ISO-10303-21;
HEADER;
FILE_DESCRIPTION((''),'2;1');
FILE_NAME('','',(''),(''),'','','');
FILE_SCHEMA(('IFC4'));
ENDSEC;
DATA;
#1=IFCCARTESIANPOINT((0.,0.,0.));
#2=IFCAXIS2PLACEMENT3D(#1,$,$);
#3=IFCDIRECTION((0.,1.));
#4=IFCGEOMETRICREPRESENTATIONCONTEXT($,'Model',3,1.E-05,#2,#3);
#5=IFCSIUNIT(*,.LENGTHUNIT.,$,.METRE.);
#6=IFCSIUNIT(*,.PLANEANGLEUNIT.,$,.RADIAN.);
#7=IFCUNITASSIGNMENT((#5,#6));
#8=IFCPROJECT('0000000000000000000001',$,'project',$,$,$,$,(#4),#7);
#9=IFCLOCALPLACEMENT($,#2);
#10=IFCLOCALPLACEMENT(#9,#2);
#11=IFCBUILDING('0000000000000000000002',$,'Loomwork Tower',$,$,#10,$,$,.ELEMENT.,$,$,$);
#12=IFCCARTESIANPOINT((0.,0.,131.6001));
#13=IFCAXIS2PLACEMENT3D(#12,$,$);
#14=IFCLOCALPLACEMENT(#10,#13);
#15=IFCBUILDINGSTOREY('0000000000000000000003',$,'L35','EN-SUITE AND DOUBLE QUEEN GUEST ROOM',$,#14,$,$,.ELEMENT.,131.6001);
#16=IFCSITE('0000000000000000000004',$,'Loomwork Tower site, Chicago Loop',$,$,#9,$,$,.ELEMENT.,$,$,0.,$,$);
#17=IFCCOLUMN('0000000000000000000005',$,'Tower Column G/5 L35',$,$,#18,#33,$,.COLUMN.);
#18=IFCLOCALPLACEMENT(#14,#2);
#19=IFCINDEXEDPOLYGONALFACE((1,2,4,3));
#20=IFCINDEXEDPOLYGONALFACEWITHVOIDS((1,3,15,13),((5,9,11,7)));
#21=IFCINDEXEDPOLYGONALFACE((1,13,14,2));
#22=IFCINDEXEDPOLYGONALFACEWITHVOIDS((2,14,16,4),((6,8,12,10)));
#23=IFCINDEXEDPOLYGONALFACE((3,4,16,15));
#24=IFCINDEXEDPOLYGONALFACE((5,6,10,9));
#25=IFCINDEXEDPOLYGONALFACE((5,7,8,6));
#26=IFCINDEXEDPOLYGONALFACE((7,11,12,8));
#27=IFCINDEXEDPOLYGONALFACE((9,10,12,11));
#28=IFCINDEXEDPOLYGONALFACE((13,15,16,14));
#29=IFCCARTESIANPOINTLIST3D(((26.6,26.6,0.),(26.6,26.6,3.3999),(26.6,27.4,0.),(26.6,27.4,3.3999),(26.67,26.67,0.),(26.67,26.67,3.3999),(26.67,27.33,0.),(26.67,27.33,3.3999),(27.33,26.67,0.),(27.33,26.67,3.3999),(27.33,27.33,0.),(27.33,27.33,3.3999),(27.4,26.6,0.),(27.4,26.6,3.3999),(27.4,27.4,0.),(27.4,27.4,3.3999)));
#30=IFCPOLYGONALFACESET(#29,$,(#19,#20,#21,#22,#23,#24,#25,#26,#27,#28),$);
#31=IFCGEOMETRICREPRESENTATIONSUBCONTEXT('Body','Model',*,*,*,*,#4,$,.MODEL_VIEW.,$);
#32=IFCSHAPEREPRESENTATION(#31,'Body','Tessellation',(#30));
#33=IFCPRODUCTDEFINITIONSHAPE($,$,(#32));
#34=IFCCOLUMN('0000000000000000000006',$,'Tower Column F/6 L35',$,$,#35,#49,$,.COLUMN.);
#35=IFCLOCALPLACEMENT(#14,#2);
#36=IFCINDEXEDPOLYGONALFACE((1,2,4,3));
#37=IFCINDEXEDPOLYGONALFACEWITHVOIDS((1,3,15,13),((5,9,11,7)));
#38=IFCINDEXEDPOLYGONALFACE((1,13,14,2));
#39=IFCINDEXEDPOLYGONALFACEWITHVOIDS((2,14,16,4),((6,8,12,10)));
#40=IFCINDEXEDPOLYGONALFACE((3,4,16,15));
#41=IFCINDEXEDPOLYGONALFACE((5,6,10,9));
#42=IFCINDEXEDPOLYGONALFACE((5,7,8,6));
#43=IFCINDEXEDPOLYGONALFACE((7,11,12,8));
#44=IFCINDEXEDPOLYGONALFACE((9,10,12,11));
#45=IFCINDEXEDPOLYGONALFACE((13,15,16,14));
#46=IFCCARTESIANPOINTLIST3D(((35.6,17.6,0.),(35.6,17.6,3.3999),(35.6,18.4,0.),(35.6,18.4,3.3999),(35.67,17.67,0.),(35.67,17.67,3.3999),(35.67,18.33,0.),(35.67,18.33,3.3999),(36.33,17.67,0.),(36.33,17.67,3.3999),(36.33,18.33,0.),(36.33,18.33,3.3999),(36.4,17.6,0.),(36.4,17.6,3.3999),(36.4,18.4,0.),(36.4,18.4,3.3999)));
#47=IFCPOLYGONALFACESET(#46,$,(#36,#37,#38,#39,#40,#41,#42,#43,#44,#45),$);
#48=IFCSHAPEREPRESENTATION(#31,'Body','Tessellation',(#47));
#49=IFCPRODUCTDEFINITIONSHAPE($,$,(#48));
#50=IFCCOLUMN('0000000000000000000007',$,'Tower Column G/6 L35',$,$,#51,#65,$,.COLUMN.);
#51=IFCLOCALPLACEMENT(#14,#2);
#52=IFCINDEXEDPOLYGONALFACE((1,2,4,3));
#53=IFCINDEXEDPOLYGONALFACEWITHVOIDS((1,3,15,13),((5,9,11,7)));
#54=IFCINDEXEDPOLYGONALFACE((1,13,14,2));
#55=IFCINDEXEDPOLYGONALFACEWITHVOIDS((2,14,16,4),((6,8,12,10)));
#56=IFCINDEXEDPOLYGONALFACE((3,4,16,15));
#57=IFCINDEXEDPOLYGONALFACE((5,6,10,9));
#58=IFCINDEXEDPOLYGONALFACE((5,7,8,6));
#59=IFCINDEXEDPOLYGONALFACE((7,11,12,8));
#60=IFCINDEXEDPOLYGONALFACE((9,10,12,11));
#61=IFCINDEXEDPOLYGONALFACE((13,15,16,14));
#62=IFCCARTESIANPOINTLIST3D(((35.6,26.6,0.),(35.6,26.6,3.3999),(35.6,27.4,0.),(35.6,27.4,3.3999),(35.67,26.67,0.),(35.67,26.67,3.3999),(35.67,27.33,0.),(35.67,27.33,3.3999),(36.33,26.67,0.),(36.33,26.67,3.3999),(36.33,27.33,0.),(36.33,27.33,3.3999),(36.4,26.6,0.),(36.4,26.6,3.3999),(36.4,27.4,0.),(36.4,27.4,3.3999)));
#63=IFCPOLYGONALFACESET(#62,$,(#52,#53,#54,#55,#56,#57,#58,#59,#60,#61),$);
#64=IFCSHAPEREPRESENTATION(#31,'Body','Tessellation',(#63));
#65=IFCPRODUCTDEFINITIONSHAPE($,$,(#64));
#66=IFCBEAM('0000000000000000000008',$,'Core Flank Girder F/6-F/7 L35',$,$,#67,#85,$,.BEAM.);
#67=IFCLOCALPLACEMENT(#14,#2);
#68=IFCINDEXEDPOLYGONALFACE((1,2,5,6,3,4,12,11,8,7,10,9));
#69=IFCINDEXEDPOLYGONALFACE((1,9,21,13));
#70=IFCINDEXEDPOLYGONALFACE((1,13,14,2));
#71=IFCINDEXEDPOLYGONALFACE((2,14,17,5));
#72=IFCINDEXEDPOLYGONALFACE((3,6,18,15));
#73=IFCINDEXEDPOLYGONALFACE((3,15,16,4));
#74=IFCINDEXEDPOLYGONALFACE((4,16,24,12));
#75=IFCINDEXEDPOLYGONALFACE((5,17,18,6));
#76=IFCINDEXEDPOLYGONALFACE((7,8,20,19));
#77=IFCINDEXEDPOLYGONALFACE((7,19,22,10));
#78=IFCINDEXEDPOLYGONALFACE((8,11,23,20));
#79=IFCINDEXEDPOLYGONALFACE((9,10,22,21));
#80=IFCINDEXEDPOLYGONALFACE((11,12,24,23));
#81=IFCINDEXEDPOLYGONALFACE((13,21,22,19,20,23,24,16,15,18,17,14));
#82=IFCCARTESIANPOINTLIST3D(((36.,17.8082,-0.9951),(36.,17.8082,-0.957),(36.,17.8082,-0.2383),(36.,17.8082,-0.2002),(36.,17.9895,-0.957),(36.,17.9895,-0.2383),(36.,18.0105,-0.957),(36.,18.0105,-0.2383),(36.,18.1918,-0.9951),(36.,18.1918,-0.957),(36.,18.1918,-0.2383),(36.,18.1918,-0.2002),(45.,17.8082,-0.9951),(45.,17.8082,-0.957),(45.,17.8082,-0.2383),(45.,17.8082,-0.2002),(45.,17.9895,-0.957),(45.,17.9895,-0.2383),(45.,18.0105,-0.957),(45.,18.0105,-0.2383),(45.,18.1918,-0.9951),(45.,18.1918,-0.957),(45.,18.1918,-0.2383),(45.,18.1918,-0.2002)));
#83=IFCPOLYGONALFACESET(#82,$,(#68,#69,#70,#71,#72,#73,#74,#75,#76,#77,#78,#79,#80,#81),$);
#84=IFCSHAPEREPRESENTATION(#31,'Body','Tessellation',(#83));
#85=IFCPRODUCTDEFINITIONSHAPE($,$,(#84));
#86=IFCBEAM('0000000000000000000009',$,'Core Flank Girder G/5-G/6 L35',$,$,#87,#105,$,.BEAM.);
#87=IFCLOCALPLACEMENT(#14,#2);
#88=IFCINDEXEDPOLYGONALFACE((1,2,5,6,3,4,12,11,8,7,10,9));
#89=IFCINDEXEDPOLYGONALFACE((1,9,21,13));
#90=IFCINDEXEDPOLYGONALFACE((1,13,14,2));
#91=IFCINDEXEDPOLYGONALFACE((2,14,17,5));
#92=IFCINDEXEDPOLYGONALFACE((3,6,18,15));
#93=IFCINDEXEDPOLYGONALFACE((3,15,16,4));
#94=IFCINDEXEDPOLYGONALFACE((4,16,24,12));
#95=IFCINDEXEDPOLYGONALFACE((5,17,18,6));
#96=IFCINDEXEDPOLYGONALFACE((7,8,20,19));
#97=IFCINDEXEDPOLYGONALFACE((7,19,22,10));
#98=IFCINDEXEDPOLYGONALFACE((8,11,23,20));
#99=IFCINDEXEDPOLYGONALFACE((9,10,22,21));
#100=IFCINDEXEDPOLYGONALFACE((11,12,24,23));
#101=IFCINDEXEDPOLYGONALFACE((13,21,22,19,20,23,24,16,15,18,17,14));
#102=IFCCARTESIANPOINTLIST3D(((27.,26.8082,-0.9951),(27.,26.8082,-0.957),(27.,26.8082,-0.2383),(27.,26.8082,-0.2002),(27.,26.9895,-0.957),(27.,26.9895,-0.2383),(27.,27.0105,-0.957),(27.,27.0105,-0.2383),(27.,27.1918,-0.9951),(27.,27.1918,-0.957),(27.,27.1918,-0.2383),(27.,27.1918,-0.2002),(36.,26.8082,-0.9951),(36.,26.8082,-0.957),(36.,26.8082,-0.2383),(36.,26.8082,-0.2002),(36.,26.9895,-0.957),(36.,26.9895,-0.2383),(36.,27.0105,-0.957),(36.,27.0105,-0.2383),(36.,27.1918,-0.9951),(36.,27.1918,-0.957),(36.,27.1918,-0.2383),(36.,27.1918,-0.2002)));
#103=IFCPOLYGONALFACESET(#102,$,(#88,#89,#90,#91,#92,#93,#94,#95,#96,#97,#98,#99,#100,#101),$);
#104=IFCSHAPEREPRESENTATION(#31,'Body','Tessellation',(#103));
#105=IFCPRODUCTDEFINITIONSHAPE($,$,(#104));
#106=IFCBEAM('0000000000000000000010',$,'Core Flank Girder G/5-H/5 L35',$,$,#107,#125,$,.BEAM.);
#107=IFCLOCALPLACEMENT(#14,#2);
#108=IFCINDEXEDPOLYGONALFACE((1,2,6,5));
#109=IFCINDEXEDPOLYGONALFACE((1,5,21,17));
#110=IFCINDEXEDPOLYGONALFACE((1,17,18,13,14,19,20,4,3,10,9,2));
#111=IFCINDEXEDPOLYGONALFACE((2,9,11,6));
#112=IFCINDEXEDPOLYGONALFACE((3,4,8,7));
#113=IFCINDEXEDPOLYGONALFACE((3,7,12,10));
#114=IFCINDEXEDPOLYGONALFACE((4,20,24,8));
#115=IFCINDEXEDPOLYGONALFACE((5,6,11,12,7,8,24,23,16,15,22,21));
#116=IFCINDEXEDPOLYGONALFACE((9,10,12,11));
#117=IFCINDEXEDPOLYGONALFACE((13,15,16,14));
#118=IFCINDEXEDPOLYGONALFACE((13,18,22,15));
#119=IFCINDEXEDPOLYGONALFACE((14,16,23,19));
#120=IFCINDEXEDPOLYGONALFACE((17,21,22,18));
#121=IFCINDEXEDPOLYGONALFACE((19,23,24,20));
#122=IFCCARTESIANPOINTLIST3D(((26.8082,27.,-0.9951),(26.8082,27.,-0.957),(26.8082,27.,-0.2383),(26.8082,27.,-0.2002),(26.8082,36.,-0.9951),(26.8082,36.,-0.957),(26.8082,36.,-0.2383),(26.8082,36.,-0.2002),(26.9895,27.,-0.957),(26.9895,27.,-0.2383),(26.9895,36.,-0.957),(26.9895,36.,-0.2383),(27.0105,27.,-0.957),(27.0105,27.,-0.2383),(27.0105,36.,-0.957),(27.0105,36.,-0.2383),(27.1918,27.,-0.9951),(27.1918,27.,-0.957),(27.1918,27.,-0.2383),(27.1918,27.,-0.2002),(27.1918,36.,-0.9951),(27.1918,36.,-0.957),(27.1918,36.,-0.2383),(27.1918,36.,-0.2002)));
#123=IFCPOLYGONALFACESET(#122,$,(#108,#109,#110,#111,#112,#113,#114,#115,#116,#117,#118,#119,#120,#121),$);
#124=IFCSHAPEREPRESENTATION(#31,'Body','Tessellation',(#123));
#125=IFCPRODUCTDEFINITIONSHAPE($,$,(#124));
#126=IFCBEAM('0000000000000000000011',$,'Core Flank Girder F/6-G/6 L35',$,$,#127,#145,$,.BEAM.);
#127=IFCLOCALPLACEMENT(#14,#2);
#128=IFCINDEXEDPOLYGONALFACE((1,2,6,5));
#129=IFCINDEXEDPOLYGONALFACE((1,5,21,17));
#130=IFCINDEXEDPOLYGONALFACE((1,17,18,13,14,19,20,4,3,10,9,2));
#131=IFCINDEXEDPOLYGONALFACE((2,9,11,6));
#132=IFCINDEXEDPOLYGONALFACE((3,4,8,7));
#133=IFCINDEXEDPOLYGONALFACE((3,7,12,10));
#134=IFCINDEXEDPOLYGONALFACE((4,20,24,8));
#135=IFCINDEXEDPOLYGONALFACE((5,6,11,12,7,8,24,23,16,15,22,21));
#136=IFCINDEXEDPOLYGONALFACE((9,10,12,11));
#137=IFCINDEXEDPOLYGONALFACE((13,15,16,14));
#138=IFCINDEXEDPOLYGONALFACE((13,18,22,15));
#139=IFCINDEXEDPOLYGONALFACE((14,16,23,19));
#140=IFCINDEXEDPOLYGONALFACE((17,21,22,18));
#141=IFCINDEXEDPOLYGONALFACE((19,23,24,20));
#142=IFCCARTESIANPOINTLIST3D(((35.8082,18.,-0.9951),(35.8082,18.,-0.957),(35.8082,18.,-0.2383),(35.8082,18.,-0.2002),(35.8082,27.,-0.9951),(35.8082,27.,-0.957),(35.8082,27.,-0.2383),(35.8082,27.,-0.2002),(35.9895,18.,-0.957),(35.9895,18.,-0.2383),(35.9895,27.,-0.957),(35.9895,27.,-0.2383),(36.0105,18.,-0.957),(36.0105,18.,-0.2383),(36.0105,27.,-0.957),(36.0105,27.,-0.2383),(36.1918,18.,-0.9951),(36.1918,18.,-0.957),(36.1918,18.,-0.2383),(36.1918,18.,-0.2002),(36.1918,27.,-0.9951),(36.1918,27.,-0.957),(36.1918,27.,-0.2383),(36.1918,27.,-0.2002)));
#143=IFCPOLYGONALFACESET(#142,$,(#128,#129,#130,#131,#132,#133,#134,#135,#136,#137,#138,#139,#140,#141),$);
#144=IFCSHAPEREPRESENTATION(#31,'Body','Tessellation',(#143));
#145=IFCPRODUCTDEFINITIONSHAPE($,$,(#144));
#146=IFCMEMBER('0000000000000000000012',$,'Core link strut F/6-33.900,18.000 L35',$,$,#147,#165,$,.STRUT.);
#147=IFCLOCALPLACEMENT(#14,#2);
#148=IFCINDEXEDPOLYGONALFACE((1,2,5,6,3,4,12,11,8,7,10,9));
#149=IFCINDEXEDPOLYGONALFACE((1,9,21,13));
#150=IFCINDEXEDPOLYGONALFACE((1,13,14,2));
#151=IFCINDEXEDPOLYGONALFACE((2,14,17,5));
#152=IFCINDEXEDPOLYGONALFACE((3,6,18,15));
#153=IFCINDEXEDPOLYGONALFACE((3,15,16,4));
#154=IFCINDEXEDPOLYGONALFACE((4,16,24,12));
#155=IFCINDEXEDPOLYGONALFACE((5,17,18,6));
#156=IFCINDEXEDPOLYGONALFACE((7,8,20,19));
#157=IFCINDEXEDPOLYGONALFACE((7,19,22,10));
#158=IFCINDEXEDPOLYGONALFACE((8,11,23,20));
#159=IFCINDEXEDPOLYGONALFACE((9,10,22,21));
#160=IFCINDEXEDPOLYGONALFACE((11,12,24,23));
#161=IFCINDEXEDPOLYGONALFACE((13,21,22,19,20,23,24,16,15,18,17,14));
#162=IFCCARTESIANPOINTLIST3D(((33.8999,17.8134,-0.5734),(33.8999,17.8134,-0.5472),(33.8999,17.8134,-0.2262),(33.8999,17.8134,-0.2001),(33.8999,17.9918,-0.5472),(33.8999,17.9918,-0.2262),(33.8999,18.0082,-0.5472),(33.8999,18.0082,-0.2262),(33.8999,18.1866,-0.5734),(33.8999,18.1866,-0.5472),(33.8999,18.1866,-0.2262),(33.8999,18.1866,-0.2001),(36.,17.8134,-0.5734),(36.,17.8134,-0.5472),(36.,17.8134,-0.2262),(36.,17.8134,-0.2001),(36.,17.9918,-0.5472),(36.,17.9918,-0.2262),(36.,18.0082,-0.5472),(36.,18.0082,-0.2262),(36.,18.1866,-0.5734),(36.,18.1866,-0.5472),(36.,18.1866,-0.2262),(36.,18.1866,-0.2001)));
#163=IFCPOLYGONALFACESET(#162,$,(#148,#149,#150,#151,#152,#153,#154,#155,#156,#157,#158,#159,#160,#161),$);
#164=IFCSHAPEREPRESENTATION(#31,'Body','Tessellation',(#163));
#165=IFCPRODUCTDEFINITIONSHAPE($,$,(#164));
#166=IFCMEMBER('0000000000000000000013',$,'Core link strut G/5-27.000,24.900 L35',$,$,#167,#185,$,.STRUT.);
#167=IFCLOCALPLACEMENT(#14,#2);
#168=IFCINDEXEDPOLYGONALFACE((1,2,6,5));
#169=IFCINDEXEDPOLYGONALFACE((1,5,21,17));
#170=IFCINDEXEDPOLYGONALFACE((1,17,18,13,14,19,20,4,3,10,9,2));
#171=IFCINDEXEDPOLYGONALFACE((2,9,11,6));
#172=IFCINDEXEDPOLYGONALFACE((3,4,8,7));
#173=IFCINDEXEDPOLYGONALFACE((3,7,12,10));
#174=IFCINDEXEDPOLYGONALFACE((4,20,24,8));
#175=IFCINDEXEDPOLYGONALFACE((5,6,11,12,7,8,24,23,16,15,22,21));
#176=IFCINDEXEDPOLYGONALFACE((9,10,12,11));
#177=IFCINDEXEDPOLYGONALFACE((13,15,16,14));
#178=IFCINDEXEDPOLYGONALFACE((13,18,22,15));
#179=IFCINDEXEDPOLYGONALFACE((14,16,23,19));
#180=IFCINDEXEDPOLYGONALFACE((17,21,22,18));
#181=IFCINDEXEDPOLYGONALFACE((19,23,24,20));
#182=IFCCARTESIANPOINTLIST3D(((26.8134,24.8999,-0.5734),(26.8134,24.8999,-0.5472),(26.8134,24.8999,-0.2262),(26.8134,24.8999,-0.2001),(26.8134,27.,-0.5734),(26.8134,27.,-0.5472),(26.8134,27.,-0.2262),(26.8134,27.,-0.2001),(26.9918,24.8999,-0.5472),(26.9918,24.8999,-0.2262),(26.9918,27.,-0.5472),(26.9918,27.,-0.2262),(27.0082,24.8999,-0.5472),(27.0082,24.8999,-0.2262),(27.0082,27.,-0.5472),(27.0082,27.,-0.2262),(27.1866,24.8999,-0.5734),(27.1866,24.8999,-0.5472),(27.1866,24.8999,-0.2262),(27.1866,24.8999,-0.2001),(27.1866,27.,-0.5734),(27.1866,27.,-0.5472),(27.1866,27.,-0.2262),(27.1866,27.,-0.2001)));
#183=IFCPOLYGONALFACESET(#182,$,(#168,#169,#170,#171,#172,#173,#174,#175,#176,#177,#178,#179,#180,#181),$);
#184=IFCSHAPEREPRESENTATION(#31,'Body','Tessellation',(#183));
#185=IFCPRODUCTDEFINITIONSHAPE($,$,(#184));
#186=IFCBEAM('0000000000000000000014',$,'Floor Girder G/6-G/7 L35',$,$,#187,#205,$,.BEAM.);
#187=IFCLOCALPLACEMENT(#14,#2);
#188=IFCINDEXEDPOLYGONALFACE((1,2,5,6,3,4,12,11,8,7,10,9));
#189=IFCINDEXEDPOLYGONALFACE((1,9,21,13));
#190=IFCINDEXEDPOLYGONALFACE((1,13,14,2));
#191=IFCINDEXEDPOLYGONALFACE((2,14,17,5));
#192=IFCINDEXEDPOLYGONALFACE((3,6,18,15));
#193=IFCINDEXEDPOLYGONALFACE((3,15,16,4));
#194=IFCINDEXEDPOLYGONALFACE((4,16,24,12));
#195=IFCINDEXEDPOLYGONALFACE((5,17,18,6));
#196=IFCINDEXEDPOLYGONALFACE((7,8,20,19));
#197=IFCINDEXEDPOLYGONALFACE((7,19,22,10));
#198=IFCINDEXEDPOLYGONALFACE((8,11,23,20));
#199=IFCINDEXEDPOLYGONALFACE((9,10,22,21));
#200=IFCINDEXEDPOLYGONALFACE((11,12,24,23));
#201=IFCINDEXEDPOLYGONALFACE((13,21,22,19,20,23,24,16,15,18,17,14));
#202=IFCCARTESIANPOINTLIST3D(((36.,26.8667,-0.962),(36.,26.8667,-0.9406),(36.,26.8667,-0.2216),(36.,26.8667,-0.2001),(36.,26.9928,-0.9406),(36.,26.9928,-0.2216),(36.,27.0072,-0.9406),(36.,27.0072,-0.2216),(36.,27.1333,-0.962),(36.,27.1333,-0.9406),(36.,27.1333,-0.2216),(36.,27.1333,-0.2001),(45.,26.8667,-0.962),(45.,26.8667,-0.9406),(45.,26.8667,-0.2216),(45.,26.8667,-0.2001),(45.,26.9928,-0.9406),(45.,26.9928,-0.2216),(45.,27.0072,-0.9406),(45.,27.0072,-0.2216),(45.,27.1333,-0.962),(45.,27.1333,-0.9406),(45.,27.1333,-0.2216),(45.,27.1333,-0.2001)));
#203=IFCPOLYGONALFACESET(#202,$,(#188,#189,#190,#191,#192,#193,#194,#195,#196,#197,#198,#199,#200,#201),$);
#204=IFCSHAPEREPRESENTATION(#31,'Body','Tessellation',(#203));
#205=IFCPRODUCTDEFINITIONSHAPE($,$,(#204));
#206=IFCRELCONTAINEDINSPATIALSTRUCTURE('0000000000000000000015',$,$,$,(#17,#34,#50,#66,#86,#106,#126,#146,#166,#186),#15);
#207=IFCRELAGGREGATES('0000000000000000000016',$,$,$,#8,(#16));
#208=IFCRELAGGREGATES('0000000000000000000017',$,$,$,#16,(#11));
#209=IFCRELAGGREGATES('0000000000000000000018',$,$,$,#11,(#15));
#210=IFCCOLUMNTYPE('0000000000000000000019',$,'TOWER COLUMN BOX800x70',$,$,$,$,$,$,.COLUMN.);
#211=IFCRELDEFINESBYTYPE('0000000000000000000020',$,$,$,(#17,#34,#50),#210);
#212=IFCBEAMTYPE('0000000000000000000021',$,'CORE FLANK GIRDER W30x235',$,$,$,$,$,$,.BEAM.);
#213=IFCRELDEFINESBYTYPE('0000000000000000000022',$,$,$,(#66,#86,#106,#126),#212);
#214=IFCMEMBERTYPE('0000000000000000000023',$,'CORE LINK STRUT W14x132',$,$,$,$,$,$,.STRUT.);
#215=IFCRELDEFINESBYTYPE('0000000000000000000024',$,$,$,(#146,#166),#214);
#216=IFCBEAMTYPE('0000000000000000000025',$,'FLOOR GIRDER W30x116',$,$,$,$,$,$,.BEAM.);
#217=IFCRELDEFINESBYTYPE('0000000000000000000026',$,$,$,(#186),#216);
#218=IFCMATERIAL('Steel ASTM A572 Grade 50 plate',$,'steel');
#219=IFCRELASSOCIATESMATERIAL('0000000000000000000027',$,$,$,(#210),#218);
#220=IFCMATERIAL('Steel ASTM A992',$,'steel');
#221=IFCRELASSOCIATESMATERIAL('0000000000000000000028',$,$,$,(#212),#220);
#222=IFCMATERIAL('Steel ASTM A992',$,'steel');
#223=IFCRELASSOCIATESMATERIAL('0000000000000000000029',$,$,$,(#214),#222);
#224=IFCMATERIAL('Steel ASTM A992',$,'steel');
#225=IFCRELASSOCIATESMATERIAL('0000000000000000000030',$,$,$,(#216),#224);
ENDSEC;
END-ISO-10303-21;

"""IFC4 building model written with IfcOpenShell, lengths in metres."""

from ifc_helpers import new_model, si_unit, direction, frame, origin, origin_2d, place, context, subcontext, project, spatial, hollow_rectangle, i_section, extrude, material, material_profile, profile_set, type_object, element, save


model = new_model("IFC4")

# Units and contexts
model_context = context("Model", 3, precision=1e-05, world=origin(), true_north=direction((0.0, 1.0)))
body_context = subcontext(model_context, "Body", "Model", "MODEL_VIEW")
ifc_project = project(units=[si_unit("LENGTHUNIT", "METRE"), si_unit("PLANEANGLEUNIT", "RADIAN")], contexts=[model_context])

# Site, building, storey
site_placement = place(None, origin())
site = spatial("IfcSite", under=ifc_project, at=site_placement, Name="Loomwork Tower site, Chicago Loop", CompositionType="ELEMENT", RefElevation=0.0)
building_placement = place(site_placement, origin())
building = spatial("IfcBuilding", under=site, at=building_placement, Name="Loomwork Tower", CompositionType="ELEMENT")
storey_placement = place(building_placement, frame((0.0, 0.0, 131.6001)))
storey = spatial("IfcBuildingStorey", under=building, at=storey_placement, Name="L35", Description="EN-SUITE AND DOUBLE QUEEN GUEST ROOM", CompositionType="ELEMENT", Elevation=131.6001)

# Columns
ifc_material_1 = material(Name="Steel ASTM A572 Grade 50 plate", Category="steel")
ifc_material_profile_1 = material_profile(ifc_material_1, hollow_rectangle(XDim=0.8, YDim=0.8, WallThickness=0.0701, at=origin_2d()), Name="BOX800x70")
ifc_profile_set_1 = profile_set([ifc_material_profile_1], Name="Steel ASTM A572 Grade 50 plate")
column_type = type_object("IfcColumnType", Name="TOWER COLUMN BOX800x70", PredefinedType="COLUMN", material=ifc_profile_set_1)
for number, where, z_axis, x_axis, name in (
    (1, (27.0, 27.0, 0.0), (0.0, 0.0, 1.0), (1.0, 0.0, 0.0), "Tower Column G/5 L35"),
    (2, (36.0, 18.0, 0.0), (0.0, 0.0, 1.0), (0.0, 1.0, 0.0), "Tower Column F/6 L35"),
    (3, (36.0, 27.0, 0.0), (0.0, 0.0, 1.0), (1.0, 0.0, 0.0), "Tower Column G/6 L35"),
):
    element("IfcColumn", number, at=place(storey_placement, frame(where, z_axis=z_axis, x_axis=x_axis)), inside=storey, type_object=column_type, Name=name, PredefinedType="COLUMN", context=body_context, shape_type="SweptSolid", body=[
        extrude(hollow_rectangle(XDim=0.8, YDim=0.8, WallThickness=0.0701, at=origin_2d()), origin(), (0.0, 0.0, 1.0), 3.3999),
    ])

# Beams
ifc_material_2 = material(Name="Steel ASTM A992", Category="steel")
ifc_material_profile_2 = material_profile(ifc_material_2, i_section(OverallWidth=0.3835, OverallDepth=0.7949, WebThickness=0.021, FlangeThickness=0.0381, at=origin_2d()), Name="W30x235")
ifc_profile_set_2 = profile_set([ifc_material_profile_2], Name="Steel ASTM A992")
beam_type_1 = type_object("IfcBeamType", Name="CORE FLANK GIRDER W30x235", PredefinedType="BEAM", material=ifc_profile_set_2)
for number, where, z_axis, x_axis, name in (
    (4, (36.0, 18.0, -0.5977), (1.0, 0.0, 0.0), (0.0, 1.0, 0.0), "Core Flank Girder F/6-F/7 L35"),
    (5, (27.0, 27.0, -0.5977), (1.0, 0.0, 0.0), (0.0, 1.0, 0.0), "Core Flank Girder G/5-G/6 L35"),
    (6, (27.0, 27.0, -0.5977), (0.0, 1.0, 0.0), (-1.0, 0.0, 0.0), "Core Flank Girder G/5-H/5 L35"),
    (7, (36.0, 18.0, -0.5977), (0.0, 1.0, 0.0), (-1.0, 0.0, 0.0), "Core Flank Girder F/6-G/6 L35"),
):
    element("IfcBeam", number, at=place(storey_placement, frame(where, z_axis=z_axis, x_axis=x_axis)), inside=storey, type_object=beam_type_1, Name=name, PredefinedType="BEAM", context=body_context, shape_type="SweptSolid", body=[
        extrude(i_section(OverallWidth=0.3835, OverallDepth=0.7949, WebThickness=0.021, FlangeThickness=0.0381, at=origin_2d()), origin(), (0.0, 0.0, 1.0), 9.0),
    ])

# Members
ifc_material_3 = material(Name="Steel ASTM A992", Category="steel")
ifc_material_profile_3 = material_profile(ifc_material_3, i_section(OverallWidth=0.3733, OverallDepth=0.3733, WebThickness=0.0164, FlangeThickness=0.0261, at=origin_2d()), Name="W14x132")
ifc_profile_set_3 = profile_set([ifc_material_profile_3], Name="Steel ASTM A992")
member_type = type_object("IfcMemberType", Name="CORE LINK STRUT W14x132", PredefinedType="STRUT", material=ifc_profile_set_3)
for number, where, z_axis, x_axis, name in (
    (8, (36.0, 18.0, -0.3867), (-1.0, 0.0, 0.0), (0.0, -1.0, 0.0), "Core link strut F/6-33.900,18.000 L35"),
    (9, (27.0, 27.0, -0.3867), (0.0, -1.0, 0.0), (1.0, 0.0, 0.0), "Core link strut G/5-27.000,24.900 L35"),
):
    element("IfcMember", number, at=place(storey_placement, frame(where, z_axis=z_axis, x_axis=x_axis)), inside=storey, type_object=member_type, Name=name, PredefinedType="STRUT", context=body_context, shape_type="SweptSolid", body=[
        extrude(i_section(OverallWidth=0.3733, OverallDepth=0.3733, WebThickness=0.0164, FlangeThickness=0.0261, at=origin_2d()), origin(), (0.0, 0.0, 1.0), 2.1001),
    ])

# Beam
ifc_material_4 = material(Name="Steel ASTM A992", Category="steel")
ifc_material_profile_4 = material_profile(ifc_material_4, i_section(OverallWidth=0.2666, OverallDepth=0.762, WebThickness=0.0144, FlangeThickness=0.0215, at=origin_2d()), Name="W30x116")
ifc_profile_set_4 = profile_set([ifc_material_profile_4], Name="Steel ASTM A992")
beam_type_2 = type_object("IfcBeamType", Name="FLOOR GIRDER W30x116", PredefinedType="BEAM", material=ifc_profile_set_4)
for number, where, z_axis, x_axis, name in (
    (10, (36.0, 27.0, -0.5811), (1.0, 0.0, 0.0), (0.0, 1.0, 0.0), "Floor Girder G/6-G/7 L35"),
):
    element("IfcBeam", number, at=place(storey_placement, frame(where, z_axis=z_axis, x_axis=x_axis)), inside=storey, type_object=beam_type_2, Name=name, PredefinedType="BEAM", context=body_context, shape_type="SweptSolid", body=[
        extrude(i_section(OverallWidth=0.2666, OverallDepth=0.762, WebThickness=0.0144, FlangeThickness=0.0215, at=origin_2d()), origin(), (0.0, 0.0, 1.0), 9.0),
    ])

save(model, "model.ifc")
